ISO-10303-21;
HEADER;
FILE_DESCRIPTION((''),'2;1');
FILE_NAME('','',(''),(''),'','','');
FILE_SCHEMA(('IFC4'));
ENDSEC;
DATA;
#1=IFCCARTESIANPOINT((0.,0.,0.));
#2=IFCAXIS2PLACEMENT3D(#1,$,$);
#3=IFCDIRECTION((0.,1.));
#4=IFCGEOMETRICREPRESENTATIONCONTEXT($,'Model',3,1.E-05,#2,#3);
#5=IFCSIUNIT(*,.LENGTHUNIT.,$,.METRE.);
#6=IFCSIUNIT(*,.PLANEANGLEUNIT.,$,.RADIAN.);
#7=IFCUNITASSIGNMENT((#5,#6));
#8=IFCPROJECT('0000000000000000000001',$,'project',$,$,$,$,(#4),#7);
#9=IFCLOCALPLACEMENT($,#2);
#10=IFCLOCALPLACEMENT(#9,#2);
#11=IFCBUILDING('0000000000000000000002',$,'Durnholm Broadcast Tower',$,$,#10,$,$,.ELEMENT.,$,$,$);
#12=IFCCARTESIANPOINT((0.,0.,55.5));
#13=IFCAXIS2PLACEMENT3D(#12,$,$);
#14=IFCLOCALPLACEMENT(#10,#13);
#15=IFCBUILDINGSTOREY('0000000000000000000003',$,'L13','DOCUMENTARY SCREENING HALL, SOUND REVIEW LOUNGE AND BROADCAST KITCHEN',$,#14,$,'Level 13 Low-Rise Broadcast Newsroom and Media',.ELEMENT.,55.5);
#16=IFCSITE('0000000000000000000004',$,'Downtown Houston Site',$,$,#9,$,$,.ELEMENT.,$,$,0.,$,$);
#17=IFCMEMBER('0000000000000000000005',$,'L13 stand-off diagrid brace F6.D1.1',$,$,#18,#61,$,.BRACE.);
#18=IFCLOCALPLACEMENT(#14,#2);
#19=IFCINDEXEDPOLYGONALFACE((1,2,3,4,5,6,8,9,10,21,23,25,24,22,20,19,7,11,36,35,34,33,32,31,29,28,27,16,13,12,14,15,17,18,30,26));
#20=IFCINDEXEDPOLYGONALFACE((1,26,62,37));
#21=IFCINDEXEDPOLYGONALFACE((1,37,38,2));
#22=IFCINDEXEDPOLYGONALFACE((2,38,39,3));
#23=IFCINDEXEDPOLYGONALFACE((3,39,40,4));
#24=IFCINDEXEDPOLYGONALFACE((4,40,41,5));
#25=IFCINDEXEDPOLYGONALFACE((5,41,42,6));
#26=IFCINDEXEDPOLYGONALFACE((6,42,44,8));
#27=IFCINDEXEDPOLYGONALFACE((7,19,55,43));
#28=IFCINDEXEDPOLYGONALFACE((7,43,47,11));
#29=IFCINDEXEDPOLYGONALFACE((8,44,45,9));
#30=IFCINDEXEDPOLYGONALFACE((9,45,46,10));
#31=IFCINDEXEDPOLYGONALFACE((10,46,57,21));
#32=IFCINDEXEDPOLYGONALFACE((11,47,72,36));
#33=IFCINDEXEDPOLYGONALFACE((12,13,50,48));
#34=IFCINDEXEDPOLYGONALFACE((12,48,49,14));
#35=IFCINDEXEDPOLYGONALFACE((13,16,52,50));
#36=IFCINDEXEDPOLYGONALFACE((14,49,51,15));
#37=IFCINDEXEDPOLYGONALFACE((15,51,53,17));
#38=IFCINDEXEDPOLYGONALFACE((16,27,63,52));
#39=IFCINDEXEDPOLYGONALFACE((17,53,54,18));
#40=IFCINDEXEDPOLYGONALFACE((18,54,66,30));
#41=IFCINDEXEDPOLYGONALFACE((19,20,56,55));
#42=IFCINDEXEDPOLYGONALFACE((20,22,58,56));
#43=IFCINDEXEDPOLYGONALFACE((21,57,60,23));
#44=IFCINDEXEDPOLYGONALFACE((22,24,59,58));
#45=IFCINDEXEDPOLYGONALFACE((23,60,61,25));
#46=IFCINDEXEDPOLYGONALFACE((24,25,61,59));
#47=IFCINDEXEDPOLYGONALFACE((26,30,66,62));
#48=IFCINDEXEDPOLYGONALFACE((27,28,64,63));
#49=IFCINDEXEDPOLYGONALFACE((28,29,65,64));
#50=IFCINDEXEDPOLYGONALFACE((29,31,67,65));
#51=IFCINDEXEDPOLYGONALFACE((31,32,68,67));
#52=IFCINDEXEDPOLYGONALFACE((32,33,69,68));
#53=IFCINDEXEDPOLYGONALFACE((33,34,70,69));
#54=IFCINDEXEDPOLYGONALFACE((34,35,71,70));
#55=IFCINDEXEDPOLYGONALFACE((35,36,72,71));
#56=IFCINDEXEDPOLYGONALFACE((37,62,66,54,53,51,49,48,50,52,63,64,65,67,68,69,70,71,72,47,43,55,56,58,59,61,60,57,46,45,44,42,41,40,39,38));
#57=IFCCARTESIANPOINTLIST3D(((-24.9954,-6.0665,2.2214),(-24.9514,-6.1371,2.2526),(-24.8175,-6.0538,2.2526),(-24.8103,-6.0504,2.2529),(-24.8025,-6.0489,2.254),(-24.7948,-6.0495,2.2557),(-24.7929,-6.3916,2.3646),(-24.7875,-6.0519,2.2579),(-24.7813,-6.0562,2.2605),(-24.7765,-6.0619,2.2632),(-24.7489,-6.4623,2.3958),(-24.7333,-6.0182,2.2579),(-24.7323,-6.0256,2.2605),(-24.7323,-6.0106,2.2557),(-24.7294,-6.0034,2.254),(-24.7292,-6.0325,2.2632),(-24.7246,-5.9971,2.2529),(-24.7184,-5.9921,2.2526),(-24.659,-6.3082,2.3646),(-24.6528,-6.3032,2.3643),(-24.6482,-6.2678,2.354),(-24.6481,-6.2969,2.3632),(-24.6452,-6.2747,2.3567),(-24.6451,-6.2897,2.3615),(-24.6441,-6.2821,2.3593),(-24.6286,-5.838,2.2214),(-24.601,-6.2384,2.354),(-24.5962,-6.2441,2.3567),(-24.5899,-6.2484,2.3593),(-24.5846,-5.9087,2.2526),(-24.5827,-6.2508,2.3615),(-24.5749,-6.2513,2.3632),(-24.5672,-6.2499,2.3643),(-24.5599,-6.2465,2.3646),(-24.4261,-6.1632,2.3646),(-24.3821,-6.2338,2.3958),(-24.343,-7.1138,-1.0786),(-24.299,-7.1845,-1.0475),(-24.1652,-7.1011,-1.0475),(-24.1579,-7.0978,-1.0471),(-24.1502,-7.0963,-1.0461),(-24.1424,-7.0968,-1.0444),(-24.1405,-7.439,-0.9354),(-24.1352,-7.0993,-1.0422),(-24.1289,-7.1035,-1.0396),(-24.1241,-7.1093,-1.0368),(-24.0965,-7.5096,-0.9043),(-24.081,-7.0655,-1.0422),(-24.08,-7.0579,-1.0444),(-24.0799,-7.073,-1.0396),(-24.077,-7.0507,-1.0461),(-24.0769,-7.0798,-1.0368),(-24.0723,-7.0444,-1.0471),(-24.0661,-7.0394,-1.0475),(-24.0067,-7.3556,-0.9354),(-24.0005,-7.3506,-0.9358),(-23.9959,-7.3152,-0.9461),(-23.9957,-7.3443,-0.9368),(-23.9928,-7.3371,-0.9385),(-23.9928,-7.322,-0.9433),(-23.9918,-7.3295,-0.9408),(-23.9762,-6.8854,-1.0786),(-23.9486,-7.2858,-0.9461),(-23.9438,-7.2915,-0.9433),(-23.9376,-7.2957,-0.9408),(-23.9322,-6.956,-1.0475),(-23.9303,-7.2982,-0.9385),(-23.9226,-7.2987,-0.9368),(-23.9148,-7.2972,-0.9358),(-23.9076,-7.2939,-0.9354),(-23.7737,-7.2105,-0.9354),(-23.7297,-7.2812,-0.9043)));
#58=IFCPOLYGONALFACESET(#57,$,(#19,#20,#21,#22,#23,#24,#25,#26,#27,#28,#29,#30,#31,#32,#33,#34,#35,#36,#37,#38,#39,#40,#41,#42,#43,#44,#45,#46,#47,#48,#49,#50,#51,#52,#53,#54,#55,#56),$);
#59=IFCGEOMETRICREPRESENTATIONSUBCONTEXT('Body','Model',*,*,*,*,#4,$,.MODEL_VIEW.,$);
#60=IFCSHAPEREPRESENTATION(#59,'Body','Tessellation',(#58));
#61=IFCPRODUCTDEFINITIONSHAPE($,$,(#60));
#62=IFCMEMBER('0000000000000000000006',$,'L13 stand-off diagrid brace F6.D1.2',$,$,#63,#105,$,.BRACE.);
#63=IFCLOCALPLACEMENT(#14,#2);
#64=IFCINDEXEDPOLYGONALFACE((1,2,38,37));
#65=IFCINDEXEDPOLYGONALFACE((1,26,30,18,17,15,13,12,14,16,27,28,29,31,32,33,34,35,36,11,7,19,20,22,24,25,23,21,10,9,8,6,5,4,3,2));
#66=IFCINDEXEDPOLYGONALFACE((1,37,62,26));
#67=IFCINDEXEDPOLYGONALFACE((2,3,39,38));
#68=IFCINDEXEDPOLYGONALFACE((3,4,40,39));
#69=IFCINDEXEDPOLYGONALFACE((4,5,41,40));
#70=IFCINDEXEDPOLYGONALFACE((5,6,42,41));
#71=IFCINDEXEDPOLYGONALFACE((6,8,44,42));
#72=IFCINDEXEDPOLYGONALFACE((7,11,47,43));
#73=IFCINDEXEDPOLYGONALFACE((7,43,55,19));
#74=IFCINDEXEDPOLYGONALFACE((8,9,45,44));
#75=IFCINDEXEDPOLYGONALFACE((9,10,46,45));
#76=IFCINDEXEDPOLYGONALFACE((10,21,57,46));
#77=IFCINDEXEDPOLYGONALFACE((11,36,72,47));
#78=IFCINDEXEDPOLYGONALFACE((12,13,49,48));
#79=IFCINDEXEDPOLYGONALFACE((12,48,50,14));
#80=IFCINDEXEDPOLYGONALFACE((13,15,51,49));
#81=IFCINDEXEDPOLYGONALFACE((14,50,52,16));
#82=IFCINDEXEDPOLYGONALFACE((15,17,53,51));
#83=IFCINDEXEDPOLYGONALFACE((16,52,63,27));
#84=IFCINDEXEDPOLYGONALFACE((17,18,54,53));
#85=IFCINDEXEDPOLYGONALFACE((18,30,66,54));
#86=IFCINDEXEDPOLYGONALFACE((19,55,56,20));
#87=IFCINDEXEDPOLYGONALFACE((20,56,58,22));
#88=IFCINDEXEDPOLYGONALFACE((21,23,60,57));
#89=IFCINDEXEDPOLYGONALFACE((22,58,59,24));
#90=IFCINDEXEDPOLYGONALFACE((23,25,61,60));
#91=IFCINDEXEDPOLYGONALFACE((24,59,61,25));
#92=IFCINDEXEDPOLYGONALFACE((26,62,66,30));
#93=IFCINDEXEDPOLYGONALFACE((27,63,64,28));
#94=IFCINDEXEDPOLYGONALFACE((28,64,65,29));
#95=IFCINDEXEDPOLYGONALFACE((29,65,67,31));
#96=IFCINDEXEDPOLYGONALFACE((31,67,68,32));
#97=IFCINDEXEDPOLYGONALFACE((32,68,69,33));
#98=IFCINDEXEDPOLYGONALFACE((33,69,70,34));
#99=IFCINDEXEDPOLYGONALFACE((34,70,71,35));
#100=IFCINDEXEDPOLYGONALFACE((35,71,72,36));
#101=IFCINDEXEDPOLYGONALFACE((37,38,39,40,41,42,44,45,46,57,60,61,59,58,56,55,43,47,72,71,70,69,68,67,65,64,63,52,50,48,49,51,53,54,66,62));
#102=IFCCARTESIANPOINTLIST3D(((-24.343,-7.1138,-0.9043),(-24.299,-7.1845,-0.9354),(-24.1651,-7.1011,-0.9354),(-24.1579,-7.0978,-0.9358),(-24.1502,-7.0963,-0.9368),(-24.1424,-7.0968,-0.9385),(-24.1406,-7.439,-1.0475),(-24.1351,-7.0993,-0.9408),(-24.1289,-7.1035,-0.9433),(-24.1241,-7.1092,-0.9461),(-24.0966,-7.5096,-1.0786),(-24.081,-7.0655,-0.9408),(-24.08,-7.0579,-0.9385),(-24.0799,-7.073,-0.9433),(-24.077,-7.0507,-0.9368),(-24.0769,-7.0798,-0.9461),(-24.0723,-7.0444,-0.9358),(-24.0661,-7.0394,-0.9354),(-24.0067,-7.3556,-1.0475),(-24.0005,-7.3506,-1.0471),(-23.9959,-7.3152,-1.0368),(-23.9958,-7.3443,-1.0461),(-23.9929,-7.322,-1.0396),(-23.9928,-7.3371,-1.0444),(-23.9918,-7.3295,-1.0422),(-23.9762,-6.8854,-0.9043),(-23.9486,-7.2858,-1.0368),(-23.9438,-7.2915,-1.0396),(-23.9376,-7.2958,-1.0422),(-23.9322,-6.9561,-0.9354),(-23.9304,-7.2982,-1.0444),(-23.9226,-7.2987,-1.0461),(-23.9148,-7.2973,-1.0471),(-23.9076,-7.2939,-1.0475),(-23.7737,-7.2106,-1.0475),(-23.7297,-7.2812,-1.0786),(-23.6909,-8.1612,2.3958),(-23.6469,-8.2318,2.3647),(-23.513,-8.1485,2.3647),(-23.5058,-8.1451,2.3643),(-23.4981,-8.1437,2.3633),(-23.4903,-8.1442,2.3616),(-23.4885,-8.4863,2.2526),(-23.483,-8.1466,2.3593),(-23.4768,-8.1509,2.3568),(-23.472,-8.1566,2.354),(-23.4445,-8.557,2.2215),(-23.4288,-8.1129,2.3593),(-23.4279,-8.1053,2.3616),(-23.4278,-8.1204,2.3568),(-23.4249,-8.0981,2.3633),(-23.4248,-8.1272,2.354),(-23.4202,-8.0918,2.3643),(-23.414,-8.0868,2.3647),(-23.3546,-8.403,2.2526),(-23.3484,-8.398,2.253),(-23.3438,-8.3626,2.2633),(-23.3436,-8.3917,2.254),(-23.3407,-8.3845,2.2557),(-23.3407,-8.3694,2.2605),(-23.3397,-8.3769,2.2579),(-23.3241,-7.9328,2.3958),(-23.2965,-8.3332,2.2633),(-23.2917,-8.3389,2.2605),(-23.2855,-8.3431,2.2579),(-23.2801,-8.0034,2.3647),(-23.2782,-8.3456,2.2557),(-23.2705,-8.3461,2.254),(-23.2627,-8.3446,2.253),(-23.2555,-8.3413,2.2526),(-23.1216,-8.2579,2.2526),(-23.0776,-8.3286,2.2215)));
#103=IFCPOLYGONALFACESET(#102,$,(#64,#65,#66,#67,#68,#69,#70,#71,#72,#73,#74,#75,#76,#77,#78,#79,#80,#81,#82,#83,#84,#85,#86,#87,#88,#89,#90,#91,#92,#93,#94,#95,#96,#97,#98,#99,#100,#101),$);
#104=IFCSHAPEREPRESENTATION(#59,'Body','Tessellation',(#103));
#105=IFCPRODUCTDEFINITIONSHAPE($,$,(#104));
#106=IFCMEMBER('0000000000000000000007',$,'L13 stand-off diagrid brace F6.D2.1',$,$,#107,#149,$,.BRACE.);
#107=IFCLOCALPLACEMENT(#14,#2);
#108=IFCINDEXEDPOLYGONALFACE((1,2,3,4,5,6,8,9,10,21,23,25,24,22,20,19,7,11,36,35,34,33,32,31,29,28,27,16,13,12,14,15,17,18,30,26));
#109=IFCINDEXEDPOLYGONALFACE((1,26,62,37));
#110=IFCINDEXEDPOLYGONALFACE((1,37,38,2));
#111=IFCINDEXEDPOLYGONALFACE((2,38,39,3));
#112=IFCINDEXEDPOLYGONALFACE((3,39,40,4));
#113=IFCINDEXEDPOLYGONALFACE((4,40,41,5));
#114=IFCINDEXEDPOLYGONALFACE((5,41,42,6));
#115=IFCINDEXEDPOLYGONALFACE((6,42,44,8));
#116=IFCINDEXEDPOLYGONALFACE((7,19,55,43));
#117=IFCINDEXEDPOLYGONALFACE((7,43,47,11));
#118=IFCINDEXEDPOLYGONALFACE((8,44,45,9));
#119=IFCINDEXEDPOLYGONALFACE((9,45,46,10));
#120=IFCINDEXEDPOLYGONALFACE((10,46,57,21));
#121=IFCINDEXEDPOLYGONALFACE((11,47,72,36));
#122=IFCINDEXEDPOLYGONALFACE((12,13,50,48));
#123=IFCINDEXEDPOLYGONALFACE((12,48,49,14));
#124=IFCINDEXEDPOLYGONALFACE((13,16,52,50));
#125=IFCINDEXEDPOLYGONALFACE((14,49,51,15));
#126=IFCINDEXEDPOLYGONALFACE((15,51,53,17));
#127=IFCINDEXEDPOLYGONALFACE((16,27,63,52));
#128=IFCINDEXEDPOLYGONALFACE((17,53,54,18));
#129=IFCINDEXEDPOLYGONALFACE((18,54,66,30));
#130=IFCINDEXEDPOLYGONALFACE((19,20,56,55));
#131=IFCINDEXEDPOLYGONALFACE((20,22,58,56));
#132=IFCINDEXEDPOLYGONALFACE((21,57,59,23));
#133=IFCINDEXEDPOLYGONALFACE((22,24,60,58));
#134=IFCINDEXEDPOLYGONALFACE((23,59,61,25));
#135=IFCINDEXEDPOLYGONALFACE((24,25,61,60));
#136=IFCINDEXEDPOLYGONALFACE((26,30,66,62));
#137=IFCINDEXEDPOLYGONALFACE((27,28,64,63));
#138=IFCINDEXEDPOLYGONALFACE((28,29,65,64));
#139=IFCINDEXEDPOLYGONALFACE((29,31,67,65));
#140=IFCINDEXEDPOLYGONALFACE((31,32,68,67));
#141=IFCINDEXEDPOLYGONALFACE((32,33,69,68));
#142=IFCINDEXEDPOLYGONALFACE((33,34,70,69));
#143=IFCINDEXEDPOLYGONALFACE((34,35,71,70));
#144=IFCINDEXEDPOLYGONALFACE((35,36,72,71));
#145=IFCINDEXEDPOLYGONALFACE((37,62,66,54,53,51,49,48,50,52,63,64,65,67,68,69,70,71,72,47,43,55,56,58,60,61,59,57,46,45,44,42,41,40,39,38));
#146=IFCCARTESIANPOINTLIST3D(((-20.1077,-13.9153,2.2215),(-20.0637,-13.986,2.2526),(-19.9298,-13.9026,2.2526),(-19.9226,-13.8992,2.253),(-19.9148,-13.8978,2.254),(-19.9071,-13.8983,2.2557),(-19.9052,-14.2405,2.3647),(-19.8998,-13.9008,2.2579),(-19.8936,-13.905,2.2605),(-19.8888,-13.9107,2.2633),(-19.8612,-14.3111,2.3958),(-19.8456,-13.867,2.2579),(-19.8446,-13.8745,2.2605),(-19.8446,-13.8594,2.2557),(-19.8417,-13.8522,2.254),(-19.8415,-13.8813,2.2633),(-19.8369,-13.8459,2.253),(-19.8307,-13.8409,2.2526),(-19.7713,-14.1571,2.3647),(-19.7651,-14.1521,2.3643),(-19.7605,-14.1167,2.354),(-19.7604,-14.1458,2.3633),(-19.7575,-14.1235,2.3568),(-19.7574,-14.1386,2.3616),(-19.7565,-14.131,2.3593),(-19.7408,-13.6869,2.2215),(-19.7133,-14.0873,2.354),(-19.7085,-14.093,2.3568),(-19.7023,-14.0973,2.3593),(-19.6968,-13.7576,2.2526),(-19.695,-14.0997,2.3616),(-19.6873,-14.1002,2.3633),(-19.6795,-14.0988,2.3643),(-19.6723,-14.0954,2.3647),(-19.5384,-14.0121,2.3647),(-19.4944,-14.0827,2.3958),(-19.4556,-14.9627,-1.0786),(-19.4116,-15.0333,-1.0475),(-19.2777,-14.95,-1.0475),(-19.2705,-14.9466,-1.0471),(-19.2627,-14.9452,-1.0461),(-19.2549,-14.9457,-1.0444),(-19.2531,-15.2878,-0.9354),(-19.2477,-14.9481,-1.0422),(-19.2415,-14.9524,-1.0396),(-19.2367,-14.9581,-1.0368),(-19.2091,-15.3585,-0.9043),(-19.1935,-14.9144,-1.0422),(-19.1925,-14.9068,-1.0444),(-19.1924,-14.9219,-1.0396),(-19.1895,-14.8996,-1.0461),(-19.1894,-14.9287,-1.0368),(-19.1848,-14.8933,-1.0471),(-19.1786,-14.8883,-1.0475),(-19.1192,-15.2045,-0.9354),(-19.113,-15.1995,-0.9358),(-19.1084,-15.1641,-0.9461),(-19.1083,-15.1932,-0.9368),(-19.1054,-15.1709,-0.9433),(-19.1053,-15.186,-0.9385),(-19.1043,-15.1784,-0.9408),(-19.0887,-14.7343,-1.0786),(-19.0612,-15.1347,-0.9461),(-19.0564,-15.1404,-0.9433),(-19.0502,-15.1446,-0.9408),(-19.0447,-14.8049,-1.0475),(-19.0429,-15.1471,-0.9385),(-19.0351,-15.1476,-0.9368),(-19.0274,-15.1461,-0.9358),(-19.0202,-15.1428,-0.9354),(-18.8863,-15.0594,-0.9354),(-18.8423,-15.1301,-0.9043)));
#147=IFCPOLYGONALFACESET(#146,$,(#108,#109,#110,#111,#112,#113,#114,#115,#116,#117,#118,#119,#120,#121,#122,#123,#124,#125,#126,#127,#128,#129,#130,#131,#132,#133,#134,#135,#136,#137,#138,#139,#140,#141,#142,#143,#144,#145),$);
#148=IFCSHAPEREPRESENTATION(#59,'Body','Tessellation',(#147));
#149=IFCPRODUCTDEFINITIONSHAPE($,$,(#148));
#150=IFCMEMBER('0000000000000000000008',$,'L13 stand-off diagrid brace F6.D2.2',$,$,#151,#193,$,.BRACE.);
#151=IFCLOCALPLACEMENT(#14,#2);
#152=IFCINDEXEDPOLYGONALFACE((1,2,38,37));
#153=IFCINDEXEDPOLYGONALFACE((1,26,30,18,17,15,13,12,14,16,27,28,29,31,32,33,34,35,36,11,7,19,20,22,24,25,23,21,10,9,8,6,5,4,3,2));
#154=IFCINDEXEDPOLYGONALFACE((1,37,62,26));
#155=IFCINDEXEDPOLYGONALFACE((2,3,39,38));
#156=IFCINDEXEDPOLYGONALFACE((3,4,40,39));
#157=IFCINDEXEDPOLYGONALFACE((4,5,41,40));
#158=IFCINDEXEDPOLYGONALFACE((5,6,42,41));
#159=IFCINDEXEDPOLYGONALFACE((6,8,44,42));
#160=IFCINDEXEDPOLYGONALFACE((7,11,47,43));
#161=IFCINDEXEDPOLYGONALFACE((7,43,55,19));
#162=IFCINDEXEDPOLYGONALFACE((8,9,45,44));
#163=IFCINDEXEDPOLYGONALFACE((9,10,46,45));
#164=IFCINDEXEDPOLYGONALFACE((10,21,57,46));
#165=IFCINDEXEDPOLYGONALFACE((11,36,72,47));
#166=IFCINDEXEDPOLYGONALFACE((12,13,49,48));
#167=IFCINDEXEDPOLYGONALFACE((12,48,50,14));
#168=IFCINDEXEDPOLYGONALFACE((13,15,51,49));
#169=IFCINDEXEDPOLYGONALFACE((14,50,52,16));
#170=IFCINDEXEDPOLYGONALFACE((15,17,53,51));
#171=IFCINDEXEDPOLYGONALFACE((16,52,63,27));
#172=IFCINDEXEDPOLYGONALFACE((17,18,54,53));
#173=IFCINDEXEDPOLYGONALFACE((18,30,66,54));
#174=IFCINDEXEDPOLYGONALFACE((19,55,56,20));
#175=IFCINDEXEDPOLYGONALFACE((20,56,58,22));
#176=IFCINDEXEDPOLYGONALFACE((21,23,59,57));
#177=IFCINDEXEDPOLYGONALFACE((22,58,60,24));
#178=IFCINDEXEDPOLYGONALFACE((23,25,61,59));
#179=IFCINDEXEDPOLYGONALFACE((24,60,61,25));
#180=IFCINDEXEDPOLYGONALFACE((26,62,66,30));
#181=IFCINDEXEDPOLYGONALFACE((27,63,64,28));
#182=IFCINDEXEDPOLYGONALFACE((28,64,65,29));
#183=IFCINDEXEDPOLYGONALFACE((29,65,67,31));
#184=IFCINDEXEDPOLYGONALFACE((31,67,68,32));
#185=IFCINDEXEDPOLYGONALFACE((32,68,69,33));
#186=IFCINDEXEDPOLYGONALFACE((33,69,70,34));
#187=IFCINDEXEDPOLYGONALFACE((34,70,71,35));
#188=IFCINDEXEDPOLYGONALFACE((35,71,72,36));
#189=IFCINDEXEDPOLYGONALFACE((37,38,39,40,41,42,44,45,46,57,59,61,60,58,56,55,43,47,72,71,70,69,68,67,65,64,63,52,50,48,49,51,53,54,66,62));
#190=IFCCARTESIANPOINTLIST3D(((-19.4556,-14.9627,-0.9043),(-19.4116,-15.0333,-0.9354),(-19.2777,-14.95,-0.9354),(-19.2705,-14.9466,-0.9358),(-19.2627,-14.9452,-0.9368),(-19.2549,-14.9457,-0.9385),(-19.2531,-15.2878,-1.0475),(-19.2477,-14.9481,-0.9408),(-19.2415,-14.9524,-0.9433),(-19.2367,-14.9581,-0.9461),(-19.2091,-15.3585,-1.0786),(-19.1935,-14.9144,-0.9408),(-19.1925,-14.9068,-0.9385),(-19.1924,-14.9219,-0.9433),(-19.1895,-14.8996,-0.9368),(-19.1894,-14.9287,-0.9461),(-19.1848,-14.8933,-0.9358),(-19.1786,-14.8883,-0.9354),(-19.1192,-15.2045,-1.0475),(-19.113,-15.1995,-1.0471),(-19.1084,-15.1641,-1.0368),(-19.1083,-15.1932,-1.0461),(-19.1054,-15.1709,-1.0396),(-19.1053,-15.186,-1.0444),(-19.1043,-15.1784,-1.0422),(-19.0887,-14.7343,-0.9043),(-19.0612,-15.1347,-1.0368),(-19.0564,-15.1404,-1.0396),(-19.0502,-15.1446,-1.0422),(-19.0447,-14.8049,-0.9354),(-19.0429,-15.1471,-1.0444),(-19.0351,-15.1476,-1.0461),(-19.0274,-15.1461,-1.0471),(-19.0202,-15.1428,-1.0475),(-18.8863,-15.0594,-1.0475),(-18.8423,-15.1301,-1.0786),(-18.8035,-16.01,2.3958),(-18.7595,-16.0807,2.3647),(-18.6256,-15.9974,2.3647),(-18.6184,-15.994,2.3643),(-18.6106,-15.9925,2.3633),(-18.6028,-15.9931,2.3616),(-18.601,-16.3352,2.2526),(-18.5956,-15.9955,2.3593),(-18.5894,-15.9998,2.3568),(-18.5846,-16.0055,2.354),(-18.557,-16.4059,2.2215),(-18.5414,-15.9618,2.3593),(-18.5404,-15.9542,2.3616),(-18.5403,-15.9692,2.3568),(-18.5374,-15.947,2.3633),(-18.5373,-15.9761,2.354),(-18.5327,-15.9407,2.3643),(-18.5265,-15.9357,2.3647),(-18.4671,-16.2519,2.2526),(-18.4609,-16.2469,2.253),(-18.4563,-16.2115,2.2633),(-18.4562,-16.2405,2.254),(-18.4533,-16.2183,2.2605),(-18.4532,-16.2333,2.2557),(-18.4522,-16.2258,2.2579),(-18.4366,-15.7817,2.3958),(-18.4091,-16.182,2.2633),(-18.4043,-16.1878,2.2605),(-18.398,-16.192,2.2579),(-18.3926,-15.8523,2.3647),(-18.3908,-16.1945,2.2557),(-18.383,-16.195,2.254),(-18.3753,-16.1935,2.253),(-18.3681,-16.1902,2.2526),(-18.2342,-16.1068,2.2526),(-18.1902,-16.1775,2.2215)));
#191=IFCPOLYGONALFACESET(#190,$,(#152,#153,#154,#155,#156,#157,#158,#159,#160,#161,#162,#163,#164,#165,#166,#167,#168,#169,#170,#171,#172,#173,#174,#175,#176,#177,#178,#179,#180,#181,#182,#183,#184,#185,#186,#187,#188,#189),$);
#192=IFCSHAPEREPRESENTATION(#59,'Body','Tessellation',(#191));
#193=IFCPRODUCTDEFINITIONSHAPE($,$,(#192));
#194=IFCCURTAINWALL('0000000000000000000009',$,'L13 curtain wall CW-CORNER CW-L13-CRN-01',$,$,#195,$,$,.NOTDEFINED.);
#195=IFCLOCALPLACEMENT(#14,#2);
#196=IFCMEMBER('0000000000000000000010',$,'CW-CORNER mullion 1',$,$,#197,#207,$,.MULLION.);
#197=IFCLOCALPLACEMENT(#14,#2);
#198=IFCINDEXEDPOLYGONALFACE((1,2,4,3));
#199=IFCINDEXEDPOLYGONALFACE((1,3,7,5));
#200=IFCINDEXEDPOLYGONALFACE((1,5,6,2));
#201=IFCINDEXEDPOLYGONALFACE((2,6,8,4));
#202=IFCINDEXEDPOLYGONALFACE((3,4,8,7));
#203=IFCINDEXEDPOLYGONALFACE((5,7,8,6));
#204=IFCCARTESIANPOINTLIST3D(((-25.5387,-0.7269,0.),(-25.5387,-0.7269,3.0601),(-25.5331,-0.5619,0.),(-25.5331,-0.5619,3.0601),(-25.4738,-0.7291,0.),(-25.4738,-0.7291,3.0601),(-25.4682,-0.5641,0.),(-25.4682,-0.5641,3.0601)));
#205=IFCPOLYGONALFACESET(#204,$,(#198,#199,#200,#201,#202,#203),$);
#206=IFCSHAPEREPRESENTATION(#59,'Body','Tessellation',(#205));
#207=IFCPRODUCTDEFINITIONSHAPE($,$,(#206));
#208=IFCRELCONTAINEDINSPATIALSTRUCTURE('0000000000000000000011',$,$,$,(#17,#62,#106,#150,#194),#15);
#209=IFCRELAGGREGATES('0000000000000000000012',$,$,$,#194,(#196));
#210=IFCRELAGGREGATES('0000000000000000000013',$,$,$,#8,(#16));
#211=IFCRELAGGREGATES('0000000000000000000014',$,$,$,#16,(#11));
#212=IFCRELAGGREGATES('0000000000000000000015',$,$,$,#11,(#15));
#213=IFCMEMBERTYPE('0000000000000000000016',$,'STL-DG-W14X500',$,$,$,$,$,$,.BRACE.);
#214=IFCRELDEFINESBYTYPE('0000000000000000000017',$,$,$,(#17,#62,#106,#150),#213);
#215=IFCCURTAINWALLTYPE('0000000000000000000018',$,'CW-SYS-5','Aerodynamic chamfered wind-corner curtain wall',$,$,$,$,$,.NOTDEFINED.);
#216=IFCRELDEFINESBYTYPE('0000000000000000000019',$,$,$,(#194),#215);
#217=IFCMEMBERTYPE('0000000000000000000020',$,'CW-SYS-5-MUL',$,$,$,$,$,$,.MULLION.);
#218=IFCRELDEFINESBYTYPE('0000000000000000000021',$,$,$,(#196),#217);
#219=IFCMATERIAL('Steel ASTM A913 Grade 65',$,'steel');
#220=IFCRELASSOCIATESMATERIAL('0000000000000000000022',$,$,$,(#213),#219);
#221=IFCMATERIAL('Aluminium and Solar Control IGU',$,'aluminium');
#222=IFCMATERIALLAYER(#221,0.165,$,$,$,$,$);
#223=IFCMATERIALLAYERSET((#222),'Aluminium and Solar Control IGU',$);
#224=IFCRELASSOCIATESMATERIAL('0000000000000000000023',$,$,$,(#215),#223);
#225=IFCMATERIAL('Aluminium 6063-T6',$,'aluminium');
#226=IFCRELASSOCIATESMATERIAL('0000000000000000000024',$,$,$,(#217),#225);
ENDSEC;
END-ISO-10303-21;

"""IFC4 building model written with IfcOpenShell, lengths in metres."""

from ifc_helpers import new_model, si_unit, direction, frame, origin, origin_2d, place, context, subcontext, project, spatial, rectangle, i_section, extrude, source, transform, mapped, material, layer, layer_set, material_profile, profile_set, type_object, type_shapes, element, aggregate, save


model = new_model("IFC4")

# Units and contexts
model_context = context("Model", 3, precision=1e-05, world=origin(), true_north=direction((0.0, 1.0)))
body_context = subcontext(model_context, "Body", "Model", "MODEL_VIEW")
ifc_project = project(units=[si_unit("LENGTHUNIT", "METRE"), si_unit("PLANEANGLEUNIT", "RADIAN")], contexts=[model_context])

# Site, building, storey
site_placement = place(None, origin())
site = spatial("IfcSite", under=ifc_project, at=site_placement, Name="Downtown Houston Site", CompositionType="ELEMENT", RefElevation=0.0)
building_placement = place(site_placement, origin())
building = spatial("IfcBuilding", under=site, at=building_placement, Name="Durnholm Broadcast Tower", CompositionType="ELEMENT")
storey_placement = place(building_placement, frame((0.0, 0.0, 55.5)))
storey = spatial("IfcBuildingStorey", under=building, at=storey_placement, Name="L13", Description="DOCUMENTARY SCREENING HALL, SOUND REVIEW LOUNGE AND BROADCAST KITCHEN", LongName="Level 13 Low-Rise Broadcast Newsroom and Media", CompositionType="ELEMENT", Elevation=55.5)

# Members
ifc_material_1 = material(Name="Steel ASTM A913 Grade 65", Category="steel")
ifc_material_profile_1 = material_profile(ifc_material_1, i_section(OverallWidth=0.4321, OverallDepth=0.4978, WebThickness=0.0557, FlangeThickness=0.0889, FilletRadius=0.0305, at=origin_2d()), Name="W14X500")
ifc_profile_set_1 = profile_set([ifc_material_profile_1], Name="Steel ASTM A913 Grade 65")
member_type_1 = type_object("IfcMemberType", Name="STL-DG-W14X500", PredefinedType="BRACE", material=ifc_profile_set_1)
shared_shape_1 = source(origin(), body_context, "Body", "SweptSolid", [
    extrude(i_section(OverallWidth=0.4321, OverallDepth=0.4978, WebThickness=0.0557, FlangeThickness=0.0889, FilletRadius=0.0305, at=origin_2d()), origin(), (0.0, 0.0, 1.0), 3.5232),
])
type_shapes(member_type_1, [shared_shape_1])
for number, where, z_axis, x_axis, name in (
    (1, (-24.0364, -7.1975, -0.9915), (-0.185157, 0.297277, 0.936666), (-0.84882, -0.528682, 0.0), "L13 stand-off diagrid brace F6.D1.1"),
    (2, (-24.0364, -7.1975, -0.9915), (0.18509, -0.297281, 0.936678), (0.848909, 0.52854, 0.0), "L13 stand-off diagrid brace F6.D1.2"),
    (3, (-19.1489, -15.0464, -0.9915), (-0.18509, 0.297281, 0.936678), (-0.848909, -0.52854, 0.0), "L13 stand-off diagrid brace F6.D2.1"),
    (4, (-19.1489, -15.0464, -0.9915), (0.18509, -0.297281, 0.936678), (0.848909, 0.52854, 0.0), "L13 stand-off diagrid brace F6.D2.2"),
):
    element("IfcMember", number, at=place(storey_placement, frame(where, z_axis=z_axis, x_axis=x_axis)), inside=storey, type_object=member_type_1, Name=name, PredefinedType="BRACE", context=body_context, shape_type="MappedRepresentation", body=[
        mapped(shared_shape_1, transform((0.0, 0.0, 0.0), x_axis=(1.0, 0.0, 0.0), y_axis=(0.0, 1.0, 0.0), z_axis=(0.0, 0.0, 1.0), scale=1.0)),
    ])

# Curtain wall, member
ifc_material_2 = material(Name="Aluminium and Solar Control IGU", Category="aluminium")
ifc_layer_1 = layer(ifc_material_2, 0.165)
ifc_layer_set_1 = layer_set([ifc_layer_1], Name="Aluminium and Solar Control IGU")
curtain_wall_type_1 = type_object("IfcCurtainWallType", Name="CW-SYS-5", Description="Aerodynamic chamfered wind-corner curtain wall", PredefinedType="NOTDEFINED", material=ifc_layer_set_1)
curtain_wall_1_placement = place(storey_placement, origin())
curtain_wall_1 = element("IfcCurtainWall", 5, at=curtain_wall_1_placement, inside=storey, type_object=curtain_wall_type_1, Name="L13 curtain wall CW-CORNER CW-L13-CRN-01", PredefinedType="NOTDEFINED")
ifc_material_3 = material(Name="Aluminium 6063-T6", Category="aluminium")
ifc_material_profile_2 = material_profile(ifc_material_3, rectangle(XDim=0.0649, YDim=0.165, at=origin_2d()), Name="CWM65X165")
ifc_profile_set_2 = profile_set([ifc_material_profile_2], Name="Aluminium 6063-T6")
member_type_2 = type_object("IfcMemberType", Name="CW-SYS-5-MUL", PredefinedType="MULLION", material=ifc_profile_set_2)
shared_shape_2 = source(origin(), body_context, "Body", "SweptSolid", [
    extrude(rectangle(XDim=0.0649, YDim=0.165, at=origin_2d()), origin(), (0.0, 0.0, 1.0), 3.0601),
])
type_shapes(member_type_2, [shared_shape_2])
member_1_placement = place(storey_placement, frame((-25.5034, -0.6455, 0.0), z_axis=(0.0, 0.0, 1.0), x_axis=(-0.999427, 0.03384, 0.0)))
member_1 = element("IfcMember", 6, at=member_1_placement, type_object=member_type_2, Name="CW-CORNER mullion 1", PredefinedType="MULLION", context=body_context, shape_type="MappedRepresentation", body=[
    mapped(shared_shape_2, transform((0.0, 0.0, 0.0), x_axis=(1.0, 0.0, 0.0), y_axis=(0.0, 1.0, 0.0), z_axis=(0.0, 0.0, 1.0), scale=1.0)),
])

aggregate(curtain_wall_1, [member_1])

save(model, "model.ifc")
